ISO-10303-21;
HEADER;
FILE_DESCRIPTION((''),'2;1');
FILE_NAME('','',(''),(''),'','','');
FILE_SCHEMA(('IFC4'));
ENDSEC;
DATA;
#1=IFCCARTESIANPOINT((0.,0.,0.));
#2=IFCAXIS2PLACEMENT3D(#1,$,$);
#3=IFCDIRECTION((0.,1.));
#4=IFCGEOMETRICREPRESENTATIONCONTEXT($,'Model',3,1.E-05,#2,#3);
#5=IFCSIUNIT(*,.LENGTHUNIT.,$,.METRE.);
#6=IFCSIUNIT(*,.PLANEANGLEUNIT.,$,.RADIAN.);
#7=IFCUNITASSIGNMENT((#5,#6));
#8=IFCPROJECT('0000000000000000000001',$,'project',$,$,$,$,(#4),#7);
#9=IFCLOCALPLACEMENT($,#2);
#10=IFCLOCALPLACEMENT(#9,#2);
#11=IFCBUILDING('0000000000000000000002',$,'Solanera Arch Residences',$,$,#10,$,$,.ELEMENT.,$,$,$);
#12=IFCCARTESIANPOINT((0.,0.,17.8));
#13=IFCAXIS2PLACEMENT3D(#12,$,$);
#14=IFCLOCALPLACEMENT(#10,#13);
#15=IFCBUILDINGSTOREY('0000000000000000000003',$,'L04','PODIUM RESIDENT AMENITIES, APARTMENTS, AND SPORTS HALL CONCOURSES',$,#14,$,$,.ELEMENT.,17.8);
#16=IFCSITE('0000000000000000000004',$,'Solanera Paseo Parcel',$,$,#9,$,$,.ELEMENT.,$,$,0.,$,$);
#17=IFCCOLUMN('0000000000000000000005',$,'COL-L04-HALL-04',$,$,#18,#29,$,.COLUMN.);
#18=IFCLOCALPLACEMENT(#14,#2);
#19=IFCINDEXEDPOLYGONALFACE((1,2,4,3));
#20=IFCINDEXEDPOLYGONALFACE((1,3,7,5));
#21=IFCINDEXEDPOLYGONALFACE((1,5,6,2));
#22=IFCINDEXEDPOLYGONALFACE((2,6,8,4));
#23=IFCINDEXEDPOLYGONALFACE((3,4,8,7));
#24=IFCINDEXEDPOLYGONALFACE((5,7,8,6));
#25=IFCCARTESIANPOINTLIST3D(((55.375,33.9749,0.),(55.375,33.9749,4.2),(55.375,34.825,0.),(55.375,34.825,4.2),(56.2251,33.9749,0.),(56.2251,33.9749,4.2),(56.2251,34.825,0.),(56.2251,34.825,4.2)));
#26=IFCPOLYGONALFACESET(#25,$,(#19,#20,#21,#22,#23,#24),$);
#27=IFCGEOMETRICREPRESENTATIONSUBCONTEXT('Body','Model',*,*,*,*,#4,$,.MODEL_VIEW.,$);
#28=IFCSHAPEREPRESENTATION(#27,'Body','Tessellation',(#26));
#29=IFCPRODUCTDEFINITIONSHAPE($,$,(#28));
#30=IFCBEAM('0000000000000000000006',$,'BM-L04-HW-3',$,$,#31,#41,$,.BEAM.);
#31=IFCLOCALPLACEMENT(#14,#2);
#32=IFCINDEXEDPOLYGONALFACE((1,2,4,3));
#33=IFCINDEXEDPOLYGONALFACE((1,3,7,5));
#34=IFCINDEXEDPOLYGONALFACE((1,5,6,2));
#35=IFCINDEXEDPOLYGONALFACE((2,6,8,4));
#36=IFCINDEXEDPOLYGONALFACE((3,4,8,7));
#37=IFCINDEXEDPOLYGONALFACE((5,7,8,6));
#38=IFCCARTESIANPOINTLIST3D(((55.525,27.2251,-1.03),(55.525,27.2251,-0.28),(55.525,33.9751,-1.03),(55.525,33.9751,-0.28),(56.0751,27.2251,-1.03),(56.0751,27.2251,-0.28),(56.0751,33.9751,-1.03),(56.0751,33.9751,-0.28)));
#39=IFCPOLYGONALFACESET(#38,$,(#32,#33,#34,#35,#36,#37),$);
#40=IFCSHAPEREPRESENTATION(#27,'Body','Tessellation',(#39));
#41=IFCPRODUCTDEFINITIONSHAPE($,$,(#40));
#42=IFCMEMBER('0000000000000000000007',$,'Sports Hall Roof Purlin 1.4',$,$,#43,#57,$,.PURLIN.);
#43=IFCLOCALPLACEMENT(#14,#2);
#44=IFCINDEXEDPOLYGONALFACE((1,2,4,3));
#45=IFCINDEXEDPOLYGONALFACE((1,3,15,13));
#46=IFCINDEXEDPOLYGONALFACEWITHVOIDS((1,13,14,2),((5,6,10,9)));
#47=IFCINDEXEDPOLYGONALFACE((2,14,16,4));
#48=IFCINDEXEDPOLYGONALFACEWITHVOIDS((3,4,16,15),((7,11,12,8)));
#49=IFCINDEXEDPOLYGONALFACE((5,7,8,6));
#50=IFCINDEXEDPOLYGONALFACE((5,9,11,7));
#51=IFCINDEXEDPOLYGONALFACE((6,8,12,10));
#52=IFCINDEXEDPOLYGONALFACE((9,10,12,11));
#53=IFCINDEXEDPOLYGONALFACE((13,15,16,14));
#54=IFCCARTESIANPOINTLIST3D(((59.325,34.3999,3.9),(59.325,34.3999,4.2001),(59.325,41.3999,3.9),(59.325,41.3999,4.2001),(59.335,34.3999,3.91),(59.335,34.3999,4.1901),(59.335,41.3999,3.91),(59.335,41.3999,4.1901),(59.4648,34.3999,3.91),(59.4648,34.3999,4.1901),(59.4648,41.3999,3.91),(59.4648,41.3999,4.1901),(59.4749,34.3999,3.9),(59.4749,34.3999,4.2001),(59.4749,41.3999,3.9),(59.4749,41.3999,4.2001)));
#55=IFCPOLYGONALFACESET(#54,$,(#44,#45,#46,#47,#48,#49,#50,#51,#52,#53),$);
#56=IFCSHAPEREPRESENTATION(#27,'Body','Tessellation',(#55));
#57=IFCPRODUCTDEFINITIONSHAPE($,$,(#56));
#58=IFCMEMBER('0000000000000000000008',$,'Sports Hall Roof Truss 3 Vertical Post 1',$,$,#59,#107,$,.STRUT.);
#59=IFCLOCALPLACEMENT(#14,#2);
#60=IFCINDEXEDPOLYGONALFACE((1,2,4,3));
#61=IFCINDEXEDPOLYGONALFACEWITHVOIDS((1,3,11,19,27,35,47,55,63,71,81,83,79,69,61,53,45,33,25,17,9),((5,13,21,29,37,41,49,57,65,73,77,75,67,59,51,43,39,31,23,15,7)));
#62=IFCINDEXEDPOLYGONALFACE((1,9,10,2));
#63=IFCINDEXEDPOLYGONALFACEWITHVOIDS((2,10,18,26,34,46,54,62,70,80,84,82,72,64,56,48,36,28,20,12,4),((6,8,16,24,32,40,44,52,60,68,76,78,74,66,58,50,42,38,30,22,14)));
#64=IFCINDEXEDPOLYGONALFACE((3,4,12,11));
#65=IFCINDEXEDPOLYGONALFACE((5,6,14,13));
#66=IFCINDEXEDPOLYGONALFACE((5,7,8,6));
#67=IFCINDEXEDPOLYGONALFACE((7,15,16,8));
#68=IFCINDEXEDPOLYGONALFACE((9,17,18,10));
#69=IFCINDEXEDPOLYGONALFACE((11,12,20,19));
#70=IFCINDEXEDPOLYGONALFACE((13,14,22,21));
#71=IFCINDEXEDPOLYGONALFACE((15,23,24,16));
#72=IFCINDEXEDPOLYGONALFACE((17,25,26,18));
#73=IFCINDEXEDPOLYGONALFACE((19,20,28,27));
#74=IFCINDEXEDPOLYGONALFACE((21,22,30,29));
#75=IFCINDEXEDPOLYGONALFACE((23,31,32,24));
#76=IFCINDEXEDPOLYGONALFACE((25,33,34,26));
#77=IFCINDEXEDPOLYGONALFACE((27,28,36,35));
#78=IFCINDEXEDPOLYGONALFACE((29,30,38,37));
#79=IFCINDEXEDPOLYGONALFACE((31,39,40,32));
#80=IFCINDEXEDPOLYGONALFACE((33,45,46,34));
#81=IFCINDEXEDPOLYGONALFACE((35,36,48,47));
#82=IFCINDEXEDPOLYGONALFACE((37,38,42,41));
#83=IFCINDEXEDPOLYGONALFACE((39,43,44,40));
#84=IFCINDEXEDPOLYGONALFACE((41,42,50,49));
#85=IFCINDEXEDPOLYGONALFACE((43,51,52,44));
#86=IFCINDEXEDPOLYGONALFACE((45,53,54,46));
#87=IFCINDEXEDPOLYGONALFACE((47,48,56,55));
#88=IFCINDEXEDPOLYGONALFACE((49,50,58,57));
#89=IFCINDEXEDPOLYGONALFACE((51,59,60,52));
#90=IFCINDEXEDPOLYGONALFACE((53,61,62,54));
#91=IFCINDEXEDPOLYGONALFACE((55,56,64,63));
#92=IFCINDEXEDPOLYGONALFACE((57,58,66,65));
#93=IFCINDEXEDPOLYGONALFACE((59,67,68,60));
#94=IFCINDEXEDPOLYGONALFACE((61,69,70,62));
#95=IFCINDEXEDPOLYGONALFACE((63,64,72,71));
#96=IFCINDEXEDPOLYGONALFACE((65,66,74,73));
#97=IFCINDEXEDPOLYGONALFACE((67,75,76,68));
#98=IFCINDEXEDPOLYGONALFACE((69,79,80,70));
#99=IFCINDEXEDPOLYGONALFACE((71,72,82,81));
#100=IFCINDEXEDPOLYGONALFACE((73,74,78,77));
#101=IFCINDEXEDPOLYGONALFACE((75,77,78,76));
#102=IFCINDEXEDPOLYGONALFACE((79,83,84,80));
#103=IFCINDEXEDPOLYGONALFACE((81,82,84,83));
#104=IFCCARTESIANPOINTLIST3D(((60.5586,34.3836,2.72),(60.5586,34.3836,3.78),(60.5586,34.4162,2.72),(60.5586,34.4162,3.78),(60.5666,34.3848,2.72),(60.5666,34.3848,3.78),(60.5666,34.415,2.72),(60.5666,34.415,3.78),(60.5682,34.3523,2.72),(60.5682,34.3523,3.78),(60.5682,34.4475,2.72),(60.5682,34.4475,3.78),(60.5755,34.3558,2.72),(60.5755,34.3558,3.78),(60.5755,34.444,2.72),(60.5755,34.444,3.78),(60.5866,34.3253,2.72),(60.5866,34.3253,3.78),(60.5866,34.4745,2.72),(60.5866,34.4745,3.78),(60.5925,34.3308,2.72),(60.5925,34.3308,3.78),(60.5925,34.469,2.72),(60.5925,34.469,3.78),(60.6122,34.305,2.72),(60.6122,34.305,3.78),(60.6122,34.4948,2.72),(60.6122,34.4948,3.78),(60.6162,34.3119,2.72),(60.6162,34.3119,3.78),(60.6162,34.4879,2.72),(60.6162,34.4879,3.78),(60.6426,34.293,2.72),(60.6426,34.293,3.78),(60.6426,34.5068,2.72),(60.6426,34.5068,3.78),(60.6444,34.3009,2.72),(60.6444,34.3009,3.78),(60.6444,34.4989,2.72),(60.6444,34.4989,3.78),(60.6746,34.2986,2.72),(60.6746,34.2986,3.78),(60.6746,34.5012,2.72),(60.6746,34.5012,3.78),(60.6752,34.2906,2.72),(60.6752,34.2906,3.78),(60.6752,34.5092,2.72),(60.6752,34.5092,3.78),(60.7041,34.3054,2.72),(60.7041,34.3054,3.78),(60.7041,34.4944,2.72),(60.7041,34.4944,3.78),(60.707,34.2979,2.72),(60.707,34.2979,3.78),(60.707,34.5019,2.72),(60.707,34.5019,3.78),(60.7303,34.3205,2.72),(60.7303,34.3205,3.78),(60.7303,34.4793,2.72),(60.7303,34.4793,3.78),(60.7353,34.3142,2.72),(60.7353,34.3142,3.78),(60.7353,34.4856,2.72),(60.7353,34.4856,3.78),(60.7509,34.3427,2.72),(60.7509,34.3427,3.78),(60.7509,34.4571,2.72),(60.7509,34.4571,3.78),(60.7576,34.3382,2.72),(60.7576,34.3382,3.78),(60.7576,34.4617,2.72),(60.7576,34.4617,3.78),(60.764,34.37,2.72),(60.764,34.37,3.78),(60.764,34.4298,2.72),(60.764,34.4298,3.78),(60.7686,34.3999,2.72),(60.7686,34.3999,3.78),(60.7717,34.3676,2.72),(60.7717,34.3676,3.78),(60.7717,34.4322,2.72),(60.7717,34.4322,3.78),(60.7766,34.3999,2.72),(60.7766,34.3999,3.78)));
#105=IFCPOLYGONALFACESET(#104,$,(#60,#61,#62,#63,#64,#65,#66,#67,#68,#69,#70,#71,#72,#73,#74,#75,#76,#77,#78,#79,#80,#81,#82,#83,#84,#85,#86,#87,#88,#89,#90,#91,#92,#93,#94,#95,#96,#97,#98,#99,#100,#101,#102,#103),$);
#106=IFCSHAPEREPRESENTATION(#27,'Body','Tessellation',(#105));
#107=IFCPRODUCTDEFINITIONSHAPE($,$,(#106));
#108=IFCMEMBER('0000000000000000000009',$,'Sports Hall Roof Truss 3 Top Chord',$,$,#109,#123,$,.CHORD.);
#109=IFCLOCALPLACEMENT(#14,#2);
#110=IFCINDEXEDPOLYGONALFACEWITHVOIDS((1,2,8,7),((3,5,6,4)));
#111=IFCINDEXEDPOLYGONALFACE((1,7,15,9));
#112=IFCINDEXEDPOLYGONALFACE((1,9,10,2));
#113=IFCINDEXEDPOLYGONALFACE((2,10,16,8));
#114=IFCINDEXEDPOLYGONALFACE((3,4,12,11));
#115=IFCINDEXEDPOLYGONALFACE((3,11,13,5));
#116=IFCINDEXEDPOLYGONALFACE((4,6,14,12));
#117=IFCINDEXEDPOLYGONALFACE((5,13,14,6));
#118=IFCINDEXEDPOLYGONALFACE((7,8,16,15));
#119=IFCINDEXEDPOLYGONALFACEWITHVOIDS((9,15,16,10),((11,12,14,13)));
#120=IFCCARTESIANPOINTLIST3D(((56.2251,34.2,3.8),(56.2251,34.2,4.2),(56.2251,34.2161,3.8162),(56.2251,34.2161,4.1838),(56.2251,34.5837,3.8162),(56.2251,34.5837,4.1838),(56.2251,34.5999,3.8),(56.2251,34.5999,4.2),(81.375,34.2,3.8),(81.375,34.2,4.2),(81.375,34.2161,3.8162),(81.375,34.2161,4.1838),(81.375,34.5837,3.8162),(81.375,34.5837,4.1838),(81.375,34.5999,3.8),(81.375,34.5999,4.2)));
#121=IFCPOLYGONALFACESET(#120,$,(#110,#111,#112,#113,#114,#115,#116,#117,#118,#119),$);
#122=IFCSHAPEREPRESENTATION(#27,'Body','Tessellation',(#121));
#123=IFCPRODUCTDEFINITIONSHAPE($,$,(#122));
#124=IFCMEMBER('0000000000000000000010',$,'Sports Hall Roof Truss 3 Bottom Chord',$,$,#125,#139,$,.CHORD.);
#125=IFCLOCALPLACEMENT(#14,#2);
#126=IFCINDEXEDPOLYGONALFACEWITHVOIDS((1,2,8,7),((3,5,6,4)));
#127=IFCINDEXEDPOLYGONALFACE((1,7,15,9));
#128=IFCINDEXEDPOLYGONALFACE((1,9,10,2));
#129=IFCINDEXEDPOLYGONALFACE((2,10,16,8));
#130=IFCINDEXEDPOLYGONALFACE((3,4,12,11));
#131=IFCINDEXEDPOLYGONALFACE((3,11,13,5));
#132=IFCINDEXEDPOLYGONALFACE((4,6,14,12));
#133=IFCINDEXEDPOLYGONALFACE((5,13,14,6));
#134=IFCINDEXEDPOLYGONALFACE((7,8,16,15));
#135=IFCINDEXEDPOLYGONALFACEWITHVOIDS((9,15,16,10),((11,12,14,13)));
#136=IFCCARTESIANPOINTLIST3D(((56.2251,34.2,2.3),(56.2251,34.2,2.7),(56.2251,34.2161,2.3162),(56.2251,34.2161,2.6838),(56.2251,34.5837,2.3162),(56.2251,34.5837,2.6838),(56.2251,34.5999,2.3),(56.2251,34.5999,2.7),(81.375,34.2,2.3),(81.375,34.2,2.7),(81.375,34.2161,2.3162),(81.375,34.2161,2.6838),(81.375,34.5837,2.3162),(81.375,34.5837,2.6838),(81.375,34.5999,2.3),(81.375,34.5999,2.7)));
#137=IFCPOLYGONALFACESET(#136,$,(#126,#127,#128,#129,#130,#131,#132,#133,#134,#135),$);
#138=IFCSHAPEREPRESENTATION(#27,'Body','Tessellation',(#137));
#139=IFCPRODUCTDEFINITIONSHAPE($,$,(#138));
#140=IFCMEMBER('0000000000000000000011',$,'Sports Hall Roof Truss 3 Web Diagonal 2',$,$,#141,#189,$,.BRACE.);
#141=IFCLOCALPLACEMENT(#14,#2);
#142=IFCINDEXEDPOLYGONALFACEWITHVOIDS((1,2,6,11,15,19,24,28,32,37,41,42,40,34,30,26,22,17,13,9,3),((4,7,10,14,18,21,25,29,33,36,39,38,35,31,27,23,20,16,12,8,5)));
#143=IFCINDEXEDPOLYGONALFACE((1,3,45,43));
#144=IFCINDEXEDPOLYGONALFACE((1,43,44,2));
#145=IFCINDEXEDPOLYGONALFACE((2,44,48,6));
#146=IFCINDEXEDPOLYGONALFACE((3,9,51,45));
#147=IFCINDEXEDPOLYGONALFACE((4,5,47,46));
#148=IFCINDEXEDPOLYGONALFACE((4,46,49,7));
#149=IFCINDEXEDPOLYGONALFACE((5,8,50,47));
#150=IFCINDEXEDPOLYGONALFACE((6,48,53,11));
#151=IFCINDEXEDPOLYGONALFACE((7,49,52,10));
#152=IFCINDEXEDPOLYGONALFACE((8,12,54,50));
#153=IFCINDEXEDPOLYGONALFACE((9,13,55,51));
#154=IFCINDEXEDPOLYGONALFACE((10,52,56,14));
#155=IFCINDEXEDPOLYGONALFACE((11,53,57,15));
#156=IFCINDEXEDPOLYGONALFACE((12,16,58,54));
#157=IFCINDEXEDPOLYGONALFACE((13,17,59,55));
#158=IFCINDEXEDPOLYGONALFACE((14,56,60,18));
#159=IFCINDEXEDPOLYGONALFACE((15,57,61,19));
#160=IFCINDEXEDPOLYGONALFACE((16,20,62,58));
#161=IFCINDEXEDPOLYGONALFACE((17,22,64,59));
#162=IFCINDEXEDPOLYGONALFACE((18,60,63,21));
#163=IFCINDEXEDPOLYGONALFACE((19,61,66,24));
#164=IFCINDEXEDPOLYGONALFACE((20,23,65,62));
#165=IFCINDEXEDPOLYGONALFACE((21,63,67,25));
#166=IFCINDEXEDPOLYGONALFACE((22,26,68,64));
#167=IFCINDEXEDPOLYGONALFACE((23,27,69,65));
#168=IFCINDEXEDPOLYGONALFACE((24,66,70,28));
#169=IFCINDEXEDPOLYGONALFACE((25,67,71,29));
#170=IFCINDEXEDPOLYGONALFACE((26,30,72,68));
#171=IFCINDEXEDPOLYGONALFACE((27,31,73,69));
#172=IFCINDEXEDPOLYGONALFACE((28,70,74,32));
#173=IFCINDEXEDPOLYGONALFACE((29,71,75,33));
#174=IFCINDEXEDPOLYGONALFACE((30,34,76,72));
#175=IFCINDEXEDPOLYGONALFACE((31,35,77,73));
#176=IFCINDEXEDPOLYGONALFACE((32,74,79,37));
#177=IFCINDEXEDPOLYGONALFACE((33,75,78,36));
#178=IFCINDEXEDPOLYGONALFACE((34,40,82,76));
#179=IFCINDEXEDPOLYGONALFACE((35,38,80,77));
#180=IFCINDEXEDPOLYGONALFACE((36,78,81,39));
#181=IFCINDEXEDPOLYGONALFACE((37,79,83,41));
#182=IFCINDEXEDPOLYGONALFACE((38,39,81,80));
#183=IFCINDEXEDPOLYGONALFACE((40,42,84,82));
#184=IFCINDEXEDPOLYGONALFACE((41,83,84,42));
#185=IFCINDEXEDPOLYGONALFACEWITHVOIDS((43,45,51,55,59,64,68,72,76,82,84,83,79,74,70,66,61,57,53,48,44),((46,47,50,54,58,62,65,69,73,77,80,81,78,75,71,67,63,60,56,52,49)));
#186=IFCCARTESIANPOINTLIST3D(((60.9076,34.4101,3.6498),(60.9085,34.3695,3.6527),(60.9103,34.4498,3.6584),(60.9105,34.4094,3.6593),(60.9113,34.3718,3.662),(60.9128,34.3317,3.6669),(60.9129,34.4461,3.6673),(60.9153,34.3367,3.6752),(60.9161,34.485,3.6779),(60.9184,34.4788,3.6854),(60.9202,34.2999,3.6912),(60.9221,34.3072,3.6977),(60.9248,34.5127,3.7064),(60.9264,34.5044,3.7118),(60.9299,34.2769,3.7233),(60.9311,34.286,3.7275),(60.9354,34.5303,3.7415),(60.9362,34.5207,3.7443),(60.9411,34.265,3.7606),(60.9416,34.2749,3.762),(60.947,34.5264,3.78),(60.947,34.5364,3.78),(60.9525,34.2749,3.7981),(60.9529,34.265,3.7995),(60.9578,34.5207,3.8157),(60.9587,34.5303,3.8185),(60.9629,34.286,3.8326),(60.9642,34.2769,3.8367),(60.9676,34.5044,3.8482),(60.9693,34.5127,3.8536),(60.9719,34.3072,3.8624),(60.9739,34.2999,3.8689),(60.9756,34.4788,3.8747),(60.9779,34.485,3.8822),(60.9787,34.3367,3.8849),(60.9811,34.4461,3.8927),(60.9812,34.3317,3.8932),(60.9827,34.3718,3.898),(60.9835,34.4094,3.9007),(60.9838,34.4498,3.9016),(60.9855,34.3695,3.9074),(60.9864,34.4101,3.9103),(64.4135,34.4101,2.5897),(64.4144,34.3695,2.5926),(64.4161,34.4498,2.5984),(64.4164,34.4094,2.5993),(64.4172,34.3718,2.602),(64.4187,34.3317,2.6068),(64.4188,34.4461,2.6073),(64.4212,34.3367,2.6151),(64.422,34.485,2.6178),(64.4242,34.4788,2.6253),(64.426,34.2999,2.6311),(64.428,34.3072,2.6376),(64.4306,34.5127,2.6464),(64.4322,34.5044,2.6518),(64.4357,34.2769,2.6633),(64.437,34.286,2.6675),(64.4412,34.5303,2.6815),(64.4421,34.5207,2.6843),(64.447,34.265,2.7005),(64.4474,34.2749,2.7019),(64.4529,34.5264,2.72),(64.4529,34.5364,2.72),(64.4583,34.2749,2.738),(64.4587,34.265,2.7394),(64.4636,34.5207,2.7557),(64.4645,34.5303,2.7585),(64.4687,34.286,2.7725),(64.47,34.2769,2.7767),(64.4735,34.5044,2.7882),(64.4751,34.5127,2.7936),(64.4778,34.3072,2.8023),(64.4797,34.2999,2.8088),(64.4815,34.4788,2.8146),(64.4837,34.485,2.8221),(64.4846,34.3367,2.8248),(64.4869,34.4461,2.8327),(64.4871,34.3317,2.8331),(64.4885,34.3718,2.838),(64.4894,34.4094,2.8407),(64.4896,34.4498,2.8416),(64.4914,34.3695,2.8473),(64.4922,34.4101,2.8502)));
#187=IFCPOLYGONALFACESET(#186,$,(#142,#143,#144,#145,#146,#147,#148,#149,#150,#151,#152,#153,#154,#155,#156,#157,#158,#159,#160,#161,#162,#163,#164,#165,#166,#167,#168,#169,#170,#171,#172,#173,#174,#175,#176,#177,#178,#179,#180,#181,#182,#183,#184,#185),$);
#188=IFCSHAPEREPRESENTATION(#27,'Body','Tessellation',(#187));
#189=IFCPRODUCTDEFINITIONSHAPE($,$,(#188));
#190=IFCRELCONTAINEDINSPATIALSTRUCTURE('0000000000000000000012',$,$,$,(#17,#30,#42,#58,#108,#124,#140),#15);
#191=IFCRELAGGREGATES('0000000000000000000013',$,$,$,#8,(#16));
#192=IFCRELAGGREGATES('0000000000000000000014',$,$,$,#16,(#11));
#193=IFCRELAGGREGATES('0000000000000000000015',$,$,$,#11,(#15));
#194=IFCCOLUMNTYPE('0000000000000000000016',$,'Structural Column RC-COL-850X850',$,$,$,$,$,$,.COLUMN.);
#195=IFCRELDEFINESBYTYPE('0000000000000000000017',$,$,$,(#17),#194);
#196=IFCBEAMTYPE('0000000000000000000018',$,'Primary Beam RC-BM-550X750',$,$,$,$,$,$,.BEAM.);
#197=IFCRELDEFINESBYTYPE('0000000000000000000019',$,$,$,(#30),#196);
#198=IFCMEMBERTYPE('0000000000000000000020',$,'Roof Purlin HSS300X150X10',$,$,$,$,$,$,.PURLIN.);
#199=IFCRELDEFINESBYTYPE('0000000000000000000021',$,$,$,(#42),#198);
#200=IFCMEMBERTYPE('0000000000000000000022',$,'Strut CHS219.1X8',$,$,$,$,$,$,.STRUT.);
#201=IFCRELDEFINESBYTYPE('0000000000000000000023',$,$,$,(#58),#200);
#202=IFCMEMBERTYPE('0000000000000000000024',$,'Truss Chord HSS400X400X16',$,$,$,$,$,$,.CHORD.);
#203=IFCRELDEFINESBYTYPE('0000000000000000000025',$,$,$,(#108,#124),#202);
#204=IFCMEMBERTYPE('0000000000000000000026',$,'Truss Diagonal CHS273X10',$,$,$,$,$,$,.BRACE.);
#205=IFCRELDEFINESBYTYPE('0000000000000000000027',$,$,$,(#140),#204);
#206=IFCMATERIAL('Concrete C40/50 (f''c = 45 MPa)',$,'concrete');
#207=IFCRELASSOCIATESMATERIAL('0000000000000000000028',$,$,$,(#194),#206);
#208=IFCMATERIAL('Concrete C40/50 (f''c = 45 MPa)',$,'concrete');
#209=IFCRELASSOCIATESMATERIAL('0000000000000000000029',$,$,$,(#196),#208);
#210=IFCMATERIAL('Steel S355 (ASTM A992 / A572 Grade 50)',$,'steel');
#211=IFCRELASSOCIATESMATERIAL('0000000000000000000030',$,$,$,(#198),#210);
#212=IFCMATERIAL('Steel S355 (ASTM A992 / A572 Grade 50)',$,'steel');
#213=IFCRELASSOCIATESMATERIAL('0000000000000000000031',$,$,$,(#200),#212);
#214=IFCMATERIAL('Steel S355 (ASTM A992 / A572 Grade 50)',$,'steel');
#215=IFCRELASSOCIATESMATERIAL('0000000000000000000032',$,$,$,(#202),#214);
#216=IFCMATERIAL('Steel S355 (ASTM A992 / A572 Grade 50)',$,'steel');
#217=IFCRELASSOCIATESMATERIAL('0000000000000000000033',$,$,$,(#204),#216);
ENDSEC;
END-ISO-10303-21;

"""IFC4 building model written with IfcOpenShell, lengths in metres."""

from ifc_helpers import new_model, si_unit, direction, frame, origin, origin_2d, place, context, subcontext, project, spatial, rectangle, hollow_rectangle, hollow_circle, extrude, material, material_profile, profile_set, type_object, element, save


model = new_model("IFC4")

# Units and contexts
model_context = context("Model", 3, precision=1e-05, world=origin(), true_north=direction((0.0, 1.0)))
body_context = subcontext(model_context, "Body", "Model", "MODEL_VIEW")
ifc_project = project(units=[si_unit("LENGTHUNIT", "METRE"), si_unit("PLANEANGLEUNIT", "RADIAN")], contexts=[model_context])

# Site, building, storey
site_placement = place(None, origin())
site = spatial("IfcSite", under=ifc_project, at=site_placement, Name="Solanera Paseo Parcel", CompositionType="ELEMENT", RefElevation=0.0)
building_placement = place(site_placement, origin())
building = spatial("IfcBuilding", under=site, at=building_placement, Name="Solanera Arch Residences", CompositionType="ELEMENT")
storey_placement = place(building_placement, frame((0.0, 0.0, 17.8)))
storey = spatial("IfcBuildingStorey", under=building, at=storey_placement, Name="L04", Description="PODIUM RESIDENT AMENITIES, APARTMENTS, AND SPORTS HALL CONCOURSES", CompositionType="ELEMENT", Elevation=17.8)

# Column
ifc_material_1 = material(Name="Concrete C40/50 (f'c = 45 MPa)", Category="concrete")
ifc_material_profile_1 = material_profile(ifc_material_1, rectangle(XDim=0.8501, YDim=0.8501, at=origin_2d()))
ifc_profile_set_1 = profile_set([ifc_material_profile_1], Name="Concrete C40/50 (f'c = 45 MPa)")
column_type = type_object("IfcColumnType", Name="Structural Column RC-COL-850X850", PredefinedType="COLUMN", material=ifc_profile_set_1)
column_placement = place(storey_placement, frame((55.8, 34.3999, 0.0), z_axis=(0.0, 0.0, 1.0), x_axis=(1.0, 0.0, 0.0)))
element("IfcColumn", 1, at=column_placement, inside=storey, type_object=column_type, Name="COL-L04-HALL-04", PredefinedType="COLUMN", context=body_context, shape_type="SweptSolid", body=[
    extrude(rectangle(XDim=0.8501, YDim=0.8501, at=origin_2d()), origin(), (0.0, 0.0, 1.0), 4.2),
])

# Beam
ifc_material_2 = material(Name="Concrete C40/50 (f'c = 45 MPa)", Category="concrete")
ifc_material_profile_2 = material_profile(ifc_material_2, rectangle(XDim=0.55, YDim=0.75, at=origin_2d()))
ifc_profile_set_2 = profile_set([ifc_material_profile_2], Name="Concrete C40/50 (f'c = 45 MPa)")
beam_type = type_object("IfcBeamType", Name="Primary Beam RC-BM-550X750", PredefinedType="BEAM", material=ifc_profile_set_2)
beam_placement = place(storey_placement, frame((55.8, 27.2251, -0.655), z_axis=(0.0, 1.0, 0.0), x_axis=(-1.0, 0.0, 0.0)))
element("IfcBeam", 2, at=beam_placement, inside=storey, type_object=beam_type, Name="BM-L04-HW-3", PredefinedType="BEAM", context=body_context, shape_type="SweptSolid", body=[
    extrude(rectangle(XDim=0.55, YDim=0.75, at=origin_2d()), origin(), (0.0, 0.0, 1.0), 6.75),
])

# Members
ifc_material_3 = material(Name="Steel S355 (ASTM A992 / A572 Grade 50)", Category="steel")
ifc_material_profile_3 = material_profile(ifc_material_3, hollow_rectangle(XDim=0.1499, YDim=0.3, WallThickness=0.01, at=origin_2d()))
ifc_profile_set_3 = profile_set([ifc_material_profile_3], Name="Steel S355 (ASTM A992 / A572 Grade 50)")
member_type_1 = type_object("IfcMemberType", Name="Roof Purlin HSS300X150X10", PredefinedType="PURLIN", material=ifc_profile_set_3)
member_1_placement = place(storey_placement, frame((59.3999, 34.3999, 4.05), z_axis=(0.0, 1.0, 0.0), x_axis=(-1.0, 0.0, 0.0)))
element("IfcMember", 3, at=member_1_placement, inside=storey, type_object=member_type_1, Name="Sports Hall Roof Purlin 1.4", PredefinedType="PURLIN", context=body_context, shape_type="SweptSolid", body=[
    extrude(hollow_rectangle(XDim=0.1499, YDim=0.3, WallThickness=0.01, at=origin_2d()), origin(), (0.0, 0.0, 1.0), 7.0),
])
ifc_material_4 = material(Name="Steel S355 (ASTM A992 / A572 Grade 50)", Category="steel")
ifc_material_profile_4 = material_profile(ifc_material_4, hollow_circle(Radius=0.1096, WallThickness=0.0081, at=origin_2d()))
ifc_profile_set_4 = profile_set([ifc_material_profile_4], Name="Steel S355 (ASTM A992 / A572 Grade 50)")
member_type_2 = type_object("IfcMemberType", Name="Strut CHS219.1X8", PredefinedType="STRUT", material=ifc_profile_set_4)
member_2_placement = place(storey_placement, frame((60.667, 34.3999, 2.72), z_axis=(0.0, 0.0, 1.0), x_axis=(1.0, 0.0, 0.0)))
element("IfcMember", 4, at=member_2_placement, inside=storey, type_object=member_type_2, Name="Sports Hall Roof Truss 3 Vertical Post 1", PredefinedType="STRUT", context=body_context, shape_type="SweptSolid", body=[
    extrude(hollow_circle(Radius=0.1096, WallThickness=0.0081, at=origin_2d()), origin(), (0.0, 0.0, 1.0), 1.0601),
])
ifc_material_5 = material(Name="Steel S355 (ASTM A992 / A572 Grade 50)", Category="steel")
ifc_material_profile_5 = material_profile(ifc_material_5, hollow_rectangle(XDim=0.3999, YDim=0.3999, WallThickness=0.0161, at=origin_2d()))
ifc_profile_set_5 = profile_set([ifc_material_profile_5], Name="Steel S355 (ASTM A992 / A572 Grade 50)")
member_type_3 = type_object("IfcMemberType", Name="Truss Chord HSS400X400X16", PredefinedType="CHORD", material=ifc_profile_set_5)
for number, where, z_axis, x_axis, name in (
    (5, (56.2251, 34.3999, 4.0), (1.0, 0.0, 0.0), (0.0, 1.0, 0.0), "Sports Hall Roof Truss 3 Top Chord"),
    (6, (56.2251, 34.3999, 2.5), (1.0, 0.0, 0.0), (0.0, 1.0, 0.0), "Sports Hall Roof Truss 3 Bottom Chord"),
):
    element("IfcMember", number, at=place(storey_placement, frame(where, z_axis=z_axis, x_axis=x_axis)), inside=storey, type_object=member_type_3, Name=name, PredefinedType="CHORD", context=body_context, shape_type="SweptSolid", body=[
        extrude(hollow_rectangle(XDim=0.3999, YDim=0.3999, WallThickness=0.0161, at=origin_2d()), origin(), (0.0, 0.0, 1.0), 25.1499),
    ])
ifc_material_6 = material(Name="Steel S355 (ASTM A992 / A572 Grade 50)", Category="steel")
ifc_material_profile_6 = material_profile(ifc_material_6, hollow_circle(Radius=0.1365, WallThickness=0.01, at=origin_2d()))
ifc_profile_set_6 = profile_set([ifc_material_profile_6], Name="Steel S355 (ASTM A992 / A572 Grade 50)")
member_type_4 = type_object("IfcMemberType", Name="Truss Diagonal CHS273X10", PredefinedType="BRACE", material=ifc_profile_set_6)
member_3_placement = place(storey_placement, frame((60.947, 34.3999, 3.78), z_axis=(0.9572, 0.0, -0.289426), x_axis=(0.0, 1.0, 0.0)))
element("IfcMember", 7, at=member_3_placement, inside=storey, type_object=member_type_4, Name="Sports Hall Roof Truss 3 Web Diagonal 2", PredefinedType="BRACE", context=body_context, shape_type="SweptSolid", body=[
    extrude(hollow_circle(Radius=0.1365, WallThickness=0.01, at=origin_2d()), origin(), (0.0, 0.0, 1.0), 3.6626),
])

save(model, "model.ifc")
